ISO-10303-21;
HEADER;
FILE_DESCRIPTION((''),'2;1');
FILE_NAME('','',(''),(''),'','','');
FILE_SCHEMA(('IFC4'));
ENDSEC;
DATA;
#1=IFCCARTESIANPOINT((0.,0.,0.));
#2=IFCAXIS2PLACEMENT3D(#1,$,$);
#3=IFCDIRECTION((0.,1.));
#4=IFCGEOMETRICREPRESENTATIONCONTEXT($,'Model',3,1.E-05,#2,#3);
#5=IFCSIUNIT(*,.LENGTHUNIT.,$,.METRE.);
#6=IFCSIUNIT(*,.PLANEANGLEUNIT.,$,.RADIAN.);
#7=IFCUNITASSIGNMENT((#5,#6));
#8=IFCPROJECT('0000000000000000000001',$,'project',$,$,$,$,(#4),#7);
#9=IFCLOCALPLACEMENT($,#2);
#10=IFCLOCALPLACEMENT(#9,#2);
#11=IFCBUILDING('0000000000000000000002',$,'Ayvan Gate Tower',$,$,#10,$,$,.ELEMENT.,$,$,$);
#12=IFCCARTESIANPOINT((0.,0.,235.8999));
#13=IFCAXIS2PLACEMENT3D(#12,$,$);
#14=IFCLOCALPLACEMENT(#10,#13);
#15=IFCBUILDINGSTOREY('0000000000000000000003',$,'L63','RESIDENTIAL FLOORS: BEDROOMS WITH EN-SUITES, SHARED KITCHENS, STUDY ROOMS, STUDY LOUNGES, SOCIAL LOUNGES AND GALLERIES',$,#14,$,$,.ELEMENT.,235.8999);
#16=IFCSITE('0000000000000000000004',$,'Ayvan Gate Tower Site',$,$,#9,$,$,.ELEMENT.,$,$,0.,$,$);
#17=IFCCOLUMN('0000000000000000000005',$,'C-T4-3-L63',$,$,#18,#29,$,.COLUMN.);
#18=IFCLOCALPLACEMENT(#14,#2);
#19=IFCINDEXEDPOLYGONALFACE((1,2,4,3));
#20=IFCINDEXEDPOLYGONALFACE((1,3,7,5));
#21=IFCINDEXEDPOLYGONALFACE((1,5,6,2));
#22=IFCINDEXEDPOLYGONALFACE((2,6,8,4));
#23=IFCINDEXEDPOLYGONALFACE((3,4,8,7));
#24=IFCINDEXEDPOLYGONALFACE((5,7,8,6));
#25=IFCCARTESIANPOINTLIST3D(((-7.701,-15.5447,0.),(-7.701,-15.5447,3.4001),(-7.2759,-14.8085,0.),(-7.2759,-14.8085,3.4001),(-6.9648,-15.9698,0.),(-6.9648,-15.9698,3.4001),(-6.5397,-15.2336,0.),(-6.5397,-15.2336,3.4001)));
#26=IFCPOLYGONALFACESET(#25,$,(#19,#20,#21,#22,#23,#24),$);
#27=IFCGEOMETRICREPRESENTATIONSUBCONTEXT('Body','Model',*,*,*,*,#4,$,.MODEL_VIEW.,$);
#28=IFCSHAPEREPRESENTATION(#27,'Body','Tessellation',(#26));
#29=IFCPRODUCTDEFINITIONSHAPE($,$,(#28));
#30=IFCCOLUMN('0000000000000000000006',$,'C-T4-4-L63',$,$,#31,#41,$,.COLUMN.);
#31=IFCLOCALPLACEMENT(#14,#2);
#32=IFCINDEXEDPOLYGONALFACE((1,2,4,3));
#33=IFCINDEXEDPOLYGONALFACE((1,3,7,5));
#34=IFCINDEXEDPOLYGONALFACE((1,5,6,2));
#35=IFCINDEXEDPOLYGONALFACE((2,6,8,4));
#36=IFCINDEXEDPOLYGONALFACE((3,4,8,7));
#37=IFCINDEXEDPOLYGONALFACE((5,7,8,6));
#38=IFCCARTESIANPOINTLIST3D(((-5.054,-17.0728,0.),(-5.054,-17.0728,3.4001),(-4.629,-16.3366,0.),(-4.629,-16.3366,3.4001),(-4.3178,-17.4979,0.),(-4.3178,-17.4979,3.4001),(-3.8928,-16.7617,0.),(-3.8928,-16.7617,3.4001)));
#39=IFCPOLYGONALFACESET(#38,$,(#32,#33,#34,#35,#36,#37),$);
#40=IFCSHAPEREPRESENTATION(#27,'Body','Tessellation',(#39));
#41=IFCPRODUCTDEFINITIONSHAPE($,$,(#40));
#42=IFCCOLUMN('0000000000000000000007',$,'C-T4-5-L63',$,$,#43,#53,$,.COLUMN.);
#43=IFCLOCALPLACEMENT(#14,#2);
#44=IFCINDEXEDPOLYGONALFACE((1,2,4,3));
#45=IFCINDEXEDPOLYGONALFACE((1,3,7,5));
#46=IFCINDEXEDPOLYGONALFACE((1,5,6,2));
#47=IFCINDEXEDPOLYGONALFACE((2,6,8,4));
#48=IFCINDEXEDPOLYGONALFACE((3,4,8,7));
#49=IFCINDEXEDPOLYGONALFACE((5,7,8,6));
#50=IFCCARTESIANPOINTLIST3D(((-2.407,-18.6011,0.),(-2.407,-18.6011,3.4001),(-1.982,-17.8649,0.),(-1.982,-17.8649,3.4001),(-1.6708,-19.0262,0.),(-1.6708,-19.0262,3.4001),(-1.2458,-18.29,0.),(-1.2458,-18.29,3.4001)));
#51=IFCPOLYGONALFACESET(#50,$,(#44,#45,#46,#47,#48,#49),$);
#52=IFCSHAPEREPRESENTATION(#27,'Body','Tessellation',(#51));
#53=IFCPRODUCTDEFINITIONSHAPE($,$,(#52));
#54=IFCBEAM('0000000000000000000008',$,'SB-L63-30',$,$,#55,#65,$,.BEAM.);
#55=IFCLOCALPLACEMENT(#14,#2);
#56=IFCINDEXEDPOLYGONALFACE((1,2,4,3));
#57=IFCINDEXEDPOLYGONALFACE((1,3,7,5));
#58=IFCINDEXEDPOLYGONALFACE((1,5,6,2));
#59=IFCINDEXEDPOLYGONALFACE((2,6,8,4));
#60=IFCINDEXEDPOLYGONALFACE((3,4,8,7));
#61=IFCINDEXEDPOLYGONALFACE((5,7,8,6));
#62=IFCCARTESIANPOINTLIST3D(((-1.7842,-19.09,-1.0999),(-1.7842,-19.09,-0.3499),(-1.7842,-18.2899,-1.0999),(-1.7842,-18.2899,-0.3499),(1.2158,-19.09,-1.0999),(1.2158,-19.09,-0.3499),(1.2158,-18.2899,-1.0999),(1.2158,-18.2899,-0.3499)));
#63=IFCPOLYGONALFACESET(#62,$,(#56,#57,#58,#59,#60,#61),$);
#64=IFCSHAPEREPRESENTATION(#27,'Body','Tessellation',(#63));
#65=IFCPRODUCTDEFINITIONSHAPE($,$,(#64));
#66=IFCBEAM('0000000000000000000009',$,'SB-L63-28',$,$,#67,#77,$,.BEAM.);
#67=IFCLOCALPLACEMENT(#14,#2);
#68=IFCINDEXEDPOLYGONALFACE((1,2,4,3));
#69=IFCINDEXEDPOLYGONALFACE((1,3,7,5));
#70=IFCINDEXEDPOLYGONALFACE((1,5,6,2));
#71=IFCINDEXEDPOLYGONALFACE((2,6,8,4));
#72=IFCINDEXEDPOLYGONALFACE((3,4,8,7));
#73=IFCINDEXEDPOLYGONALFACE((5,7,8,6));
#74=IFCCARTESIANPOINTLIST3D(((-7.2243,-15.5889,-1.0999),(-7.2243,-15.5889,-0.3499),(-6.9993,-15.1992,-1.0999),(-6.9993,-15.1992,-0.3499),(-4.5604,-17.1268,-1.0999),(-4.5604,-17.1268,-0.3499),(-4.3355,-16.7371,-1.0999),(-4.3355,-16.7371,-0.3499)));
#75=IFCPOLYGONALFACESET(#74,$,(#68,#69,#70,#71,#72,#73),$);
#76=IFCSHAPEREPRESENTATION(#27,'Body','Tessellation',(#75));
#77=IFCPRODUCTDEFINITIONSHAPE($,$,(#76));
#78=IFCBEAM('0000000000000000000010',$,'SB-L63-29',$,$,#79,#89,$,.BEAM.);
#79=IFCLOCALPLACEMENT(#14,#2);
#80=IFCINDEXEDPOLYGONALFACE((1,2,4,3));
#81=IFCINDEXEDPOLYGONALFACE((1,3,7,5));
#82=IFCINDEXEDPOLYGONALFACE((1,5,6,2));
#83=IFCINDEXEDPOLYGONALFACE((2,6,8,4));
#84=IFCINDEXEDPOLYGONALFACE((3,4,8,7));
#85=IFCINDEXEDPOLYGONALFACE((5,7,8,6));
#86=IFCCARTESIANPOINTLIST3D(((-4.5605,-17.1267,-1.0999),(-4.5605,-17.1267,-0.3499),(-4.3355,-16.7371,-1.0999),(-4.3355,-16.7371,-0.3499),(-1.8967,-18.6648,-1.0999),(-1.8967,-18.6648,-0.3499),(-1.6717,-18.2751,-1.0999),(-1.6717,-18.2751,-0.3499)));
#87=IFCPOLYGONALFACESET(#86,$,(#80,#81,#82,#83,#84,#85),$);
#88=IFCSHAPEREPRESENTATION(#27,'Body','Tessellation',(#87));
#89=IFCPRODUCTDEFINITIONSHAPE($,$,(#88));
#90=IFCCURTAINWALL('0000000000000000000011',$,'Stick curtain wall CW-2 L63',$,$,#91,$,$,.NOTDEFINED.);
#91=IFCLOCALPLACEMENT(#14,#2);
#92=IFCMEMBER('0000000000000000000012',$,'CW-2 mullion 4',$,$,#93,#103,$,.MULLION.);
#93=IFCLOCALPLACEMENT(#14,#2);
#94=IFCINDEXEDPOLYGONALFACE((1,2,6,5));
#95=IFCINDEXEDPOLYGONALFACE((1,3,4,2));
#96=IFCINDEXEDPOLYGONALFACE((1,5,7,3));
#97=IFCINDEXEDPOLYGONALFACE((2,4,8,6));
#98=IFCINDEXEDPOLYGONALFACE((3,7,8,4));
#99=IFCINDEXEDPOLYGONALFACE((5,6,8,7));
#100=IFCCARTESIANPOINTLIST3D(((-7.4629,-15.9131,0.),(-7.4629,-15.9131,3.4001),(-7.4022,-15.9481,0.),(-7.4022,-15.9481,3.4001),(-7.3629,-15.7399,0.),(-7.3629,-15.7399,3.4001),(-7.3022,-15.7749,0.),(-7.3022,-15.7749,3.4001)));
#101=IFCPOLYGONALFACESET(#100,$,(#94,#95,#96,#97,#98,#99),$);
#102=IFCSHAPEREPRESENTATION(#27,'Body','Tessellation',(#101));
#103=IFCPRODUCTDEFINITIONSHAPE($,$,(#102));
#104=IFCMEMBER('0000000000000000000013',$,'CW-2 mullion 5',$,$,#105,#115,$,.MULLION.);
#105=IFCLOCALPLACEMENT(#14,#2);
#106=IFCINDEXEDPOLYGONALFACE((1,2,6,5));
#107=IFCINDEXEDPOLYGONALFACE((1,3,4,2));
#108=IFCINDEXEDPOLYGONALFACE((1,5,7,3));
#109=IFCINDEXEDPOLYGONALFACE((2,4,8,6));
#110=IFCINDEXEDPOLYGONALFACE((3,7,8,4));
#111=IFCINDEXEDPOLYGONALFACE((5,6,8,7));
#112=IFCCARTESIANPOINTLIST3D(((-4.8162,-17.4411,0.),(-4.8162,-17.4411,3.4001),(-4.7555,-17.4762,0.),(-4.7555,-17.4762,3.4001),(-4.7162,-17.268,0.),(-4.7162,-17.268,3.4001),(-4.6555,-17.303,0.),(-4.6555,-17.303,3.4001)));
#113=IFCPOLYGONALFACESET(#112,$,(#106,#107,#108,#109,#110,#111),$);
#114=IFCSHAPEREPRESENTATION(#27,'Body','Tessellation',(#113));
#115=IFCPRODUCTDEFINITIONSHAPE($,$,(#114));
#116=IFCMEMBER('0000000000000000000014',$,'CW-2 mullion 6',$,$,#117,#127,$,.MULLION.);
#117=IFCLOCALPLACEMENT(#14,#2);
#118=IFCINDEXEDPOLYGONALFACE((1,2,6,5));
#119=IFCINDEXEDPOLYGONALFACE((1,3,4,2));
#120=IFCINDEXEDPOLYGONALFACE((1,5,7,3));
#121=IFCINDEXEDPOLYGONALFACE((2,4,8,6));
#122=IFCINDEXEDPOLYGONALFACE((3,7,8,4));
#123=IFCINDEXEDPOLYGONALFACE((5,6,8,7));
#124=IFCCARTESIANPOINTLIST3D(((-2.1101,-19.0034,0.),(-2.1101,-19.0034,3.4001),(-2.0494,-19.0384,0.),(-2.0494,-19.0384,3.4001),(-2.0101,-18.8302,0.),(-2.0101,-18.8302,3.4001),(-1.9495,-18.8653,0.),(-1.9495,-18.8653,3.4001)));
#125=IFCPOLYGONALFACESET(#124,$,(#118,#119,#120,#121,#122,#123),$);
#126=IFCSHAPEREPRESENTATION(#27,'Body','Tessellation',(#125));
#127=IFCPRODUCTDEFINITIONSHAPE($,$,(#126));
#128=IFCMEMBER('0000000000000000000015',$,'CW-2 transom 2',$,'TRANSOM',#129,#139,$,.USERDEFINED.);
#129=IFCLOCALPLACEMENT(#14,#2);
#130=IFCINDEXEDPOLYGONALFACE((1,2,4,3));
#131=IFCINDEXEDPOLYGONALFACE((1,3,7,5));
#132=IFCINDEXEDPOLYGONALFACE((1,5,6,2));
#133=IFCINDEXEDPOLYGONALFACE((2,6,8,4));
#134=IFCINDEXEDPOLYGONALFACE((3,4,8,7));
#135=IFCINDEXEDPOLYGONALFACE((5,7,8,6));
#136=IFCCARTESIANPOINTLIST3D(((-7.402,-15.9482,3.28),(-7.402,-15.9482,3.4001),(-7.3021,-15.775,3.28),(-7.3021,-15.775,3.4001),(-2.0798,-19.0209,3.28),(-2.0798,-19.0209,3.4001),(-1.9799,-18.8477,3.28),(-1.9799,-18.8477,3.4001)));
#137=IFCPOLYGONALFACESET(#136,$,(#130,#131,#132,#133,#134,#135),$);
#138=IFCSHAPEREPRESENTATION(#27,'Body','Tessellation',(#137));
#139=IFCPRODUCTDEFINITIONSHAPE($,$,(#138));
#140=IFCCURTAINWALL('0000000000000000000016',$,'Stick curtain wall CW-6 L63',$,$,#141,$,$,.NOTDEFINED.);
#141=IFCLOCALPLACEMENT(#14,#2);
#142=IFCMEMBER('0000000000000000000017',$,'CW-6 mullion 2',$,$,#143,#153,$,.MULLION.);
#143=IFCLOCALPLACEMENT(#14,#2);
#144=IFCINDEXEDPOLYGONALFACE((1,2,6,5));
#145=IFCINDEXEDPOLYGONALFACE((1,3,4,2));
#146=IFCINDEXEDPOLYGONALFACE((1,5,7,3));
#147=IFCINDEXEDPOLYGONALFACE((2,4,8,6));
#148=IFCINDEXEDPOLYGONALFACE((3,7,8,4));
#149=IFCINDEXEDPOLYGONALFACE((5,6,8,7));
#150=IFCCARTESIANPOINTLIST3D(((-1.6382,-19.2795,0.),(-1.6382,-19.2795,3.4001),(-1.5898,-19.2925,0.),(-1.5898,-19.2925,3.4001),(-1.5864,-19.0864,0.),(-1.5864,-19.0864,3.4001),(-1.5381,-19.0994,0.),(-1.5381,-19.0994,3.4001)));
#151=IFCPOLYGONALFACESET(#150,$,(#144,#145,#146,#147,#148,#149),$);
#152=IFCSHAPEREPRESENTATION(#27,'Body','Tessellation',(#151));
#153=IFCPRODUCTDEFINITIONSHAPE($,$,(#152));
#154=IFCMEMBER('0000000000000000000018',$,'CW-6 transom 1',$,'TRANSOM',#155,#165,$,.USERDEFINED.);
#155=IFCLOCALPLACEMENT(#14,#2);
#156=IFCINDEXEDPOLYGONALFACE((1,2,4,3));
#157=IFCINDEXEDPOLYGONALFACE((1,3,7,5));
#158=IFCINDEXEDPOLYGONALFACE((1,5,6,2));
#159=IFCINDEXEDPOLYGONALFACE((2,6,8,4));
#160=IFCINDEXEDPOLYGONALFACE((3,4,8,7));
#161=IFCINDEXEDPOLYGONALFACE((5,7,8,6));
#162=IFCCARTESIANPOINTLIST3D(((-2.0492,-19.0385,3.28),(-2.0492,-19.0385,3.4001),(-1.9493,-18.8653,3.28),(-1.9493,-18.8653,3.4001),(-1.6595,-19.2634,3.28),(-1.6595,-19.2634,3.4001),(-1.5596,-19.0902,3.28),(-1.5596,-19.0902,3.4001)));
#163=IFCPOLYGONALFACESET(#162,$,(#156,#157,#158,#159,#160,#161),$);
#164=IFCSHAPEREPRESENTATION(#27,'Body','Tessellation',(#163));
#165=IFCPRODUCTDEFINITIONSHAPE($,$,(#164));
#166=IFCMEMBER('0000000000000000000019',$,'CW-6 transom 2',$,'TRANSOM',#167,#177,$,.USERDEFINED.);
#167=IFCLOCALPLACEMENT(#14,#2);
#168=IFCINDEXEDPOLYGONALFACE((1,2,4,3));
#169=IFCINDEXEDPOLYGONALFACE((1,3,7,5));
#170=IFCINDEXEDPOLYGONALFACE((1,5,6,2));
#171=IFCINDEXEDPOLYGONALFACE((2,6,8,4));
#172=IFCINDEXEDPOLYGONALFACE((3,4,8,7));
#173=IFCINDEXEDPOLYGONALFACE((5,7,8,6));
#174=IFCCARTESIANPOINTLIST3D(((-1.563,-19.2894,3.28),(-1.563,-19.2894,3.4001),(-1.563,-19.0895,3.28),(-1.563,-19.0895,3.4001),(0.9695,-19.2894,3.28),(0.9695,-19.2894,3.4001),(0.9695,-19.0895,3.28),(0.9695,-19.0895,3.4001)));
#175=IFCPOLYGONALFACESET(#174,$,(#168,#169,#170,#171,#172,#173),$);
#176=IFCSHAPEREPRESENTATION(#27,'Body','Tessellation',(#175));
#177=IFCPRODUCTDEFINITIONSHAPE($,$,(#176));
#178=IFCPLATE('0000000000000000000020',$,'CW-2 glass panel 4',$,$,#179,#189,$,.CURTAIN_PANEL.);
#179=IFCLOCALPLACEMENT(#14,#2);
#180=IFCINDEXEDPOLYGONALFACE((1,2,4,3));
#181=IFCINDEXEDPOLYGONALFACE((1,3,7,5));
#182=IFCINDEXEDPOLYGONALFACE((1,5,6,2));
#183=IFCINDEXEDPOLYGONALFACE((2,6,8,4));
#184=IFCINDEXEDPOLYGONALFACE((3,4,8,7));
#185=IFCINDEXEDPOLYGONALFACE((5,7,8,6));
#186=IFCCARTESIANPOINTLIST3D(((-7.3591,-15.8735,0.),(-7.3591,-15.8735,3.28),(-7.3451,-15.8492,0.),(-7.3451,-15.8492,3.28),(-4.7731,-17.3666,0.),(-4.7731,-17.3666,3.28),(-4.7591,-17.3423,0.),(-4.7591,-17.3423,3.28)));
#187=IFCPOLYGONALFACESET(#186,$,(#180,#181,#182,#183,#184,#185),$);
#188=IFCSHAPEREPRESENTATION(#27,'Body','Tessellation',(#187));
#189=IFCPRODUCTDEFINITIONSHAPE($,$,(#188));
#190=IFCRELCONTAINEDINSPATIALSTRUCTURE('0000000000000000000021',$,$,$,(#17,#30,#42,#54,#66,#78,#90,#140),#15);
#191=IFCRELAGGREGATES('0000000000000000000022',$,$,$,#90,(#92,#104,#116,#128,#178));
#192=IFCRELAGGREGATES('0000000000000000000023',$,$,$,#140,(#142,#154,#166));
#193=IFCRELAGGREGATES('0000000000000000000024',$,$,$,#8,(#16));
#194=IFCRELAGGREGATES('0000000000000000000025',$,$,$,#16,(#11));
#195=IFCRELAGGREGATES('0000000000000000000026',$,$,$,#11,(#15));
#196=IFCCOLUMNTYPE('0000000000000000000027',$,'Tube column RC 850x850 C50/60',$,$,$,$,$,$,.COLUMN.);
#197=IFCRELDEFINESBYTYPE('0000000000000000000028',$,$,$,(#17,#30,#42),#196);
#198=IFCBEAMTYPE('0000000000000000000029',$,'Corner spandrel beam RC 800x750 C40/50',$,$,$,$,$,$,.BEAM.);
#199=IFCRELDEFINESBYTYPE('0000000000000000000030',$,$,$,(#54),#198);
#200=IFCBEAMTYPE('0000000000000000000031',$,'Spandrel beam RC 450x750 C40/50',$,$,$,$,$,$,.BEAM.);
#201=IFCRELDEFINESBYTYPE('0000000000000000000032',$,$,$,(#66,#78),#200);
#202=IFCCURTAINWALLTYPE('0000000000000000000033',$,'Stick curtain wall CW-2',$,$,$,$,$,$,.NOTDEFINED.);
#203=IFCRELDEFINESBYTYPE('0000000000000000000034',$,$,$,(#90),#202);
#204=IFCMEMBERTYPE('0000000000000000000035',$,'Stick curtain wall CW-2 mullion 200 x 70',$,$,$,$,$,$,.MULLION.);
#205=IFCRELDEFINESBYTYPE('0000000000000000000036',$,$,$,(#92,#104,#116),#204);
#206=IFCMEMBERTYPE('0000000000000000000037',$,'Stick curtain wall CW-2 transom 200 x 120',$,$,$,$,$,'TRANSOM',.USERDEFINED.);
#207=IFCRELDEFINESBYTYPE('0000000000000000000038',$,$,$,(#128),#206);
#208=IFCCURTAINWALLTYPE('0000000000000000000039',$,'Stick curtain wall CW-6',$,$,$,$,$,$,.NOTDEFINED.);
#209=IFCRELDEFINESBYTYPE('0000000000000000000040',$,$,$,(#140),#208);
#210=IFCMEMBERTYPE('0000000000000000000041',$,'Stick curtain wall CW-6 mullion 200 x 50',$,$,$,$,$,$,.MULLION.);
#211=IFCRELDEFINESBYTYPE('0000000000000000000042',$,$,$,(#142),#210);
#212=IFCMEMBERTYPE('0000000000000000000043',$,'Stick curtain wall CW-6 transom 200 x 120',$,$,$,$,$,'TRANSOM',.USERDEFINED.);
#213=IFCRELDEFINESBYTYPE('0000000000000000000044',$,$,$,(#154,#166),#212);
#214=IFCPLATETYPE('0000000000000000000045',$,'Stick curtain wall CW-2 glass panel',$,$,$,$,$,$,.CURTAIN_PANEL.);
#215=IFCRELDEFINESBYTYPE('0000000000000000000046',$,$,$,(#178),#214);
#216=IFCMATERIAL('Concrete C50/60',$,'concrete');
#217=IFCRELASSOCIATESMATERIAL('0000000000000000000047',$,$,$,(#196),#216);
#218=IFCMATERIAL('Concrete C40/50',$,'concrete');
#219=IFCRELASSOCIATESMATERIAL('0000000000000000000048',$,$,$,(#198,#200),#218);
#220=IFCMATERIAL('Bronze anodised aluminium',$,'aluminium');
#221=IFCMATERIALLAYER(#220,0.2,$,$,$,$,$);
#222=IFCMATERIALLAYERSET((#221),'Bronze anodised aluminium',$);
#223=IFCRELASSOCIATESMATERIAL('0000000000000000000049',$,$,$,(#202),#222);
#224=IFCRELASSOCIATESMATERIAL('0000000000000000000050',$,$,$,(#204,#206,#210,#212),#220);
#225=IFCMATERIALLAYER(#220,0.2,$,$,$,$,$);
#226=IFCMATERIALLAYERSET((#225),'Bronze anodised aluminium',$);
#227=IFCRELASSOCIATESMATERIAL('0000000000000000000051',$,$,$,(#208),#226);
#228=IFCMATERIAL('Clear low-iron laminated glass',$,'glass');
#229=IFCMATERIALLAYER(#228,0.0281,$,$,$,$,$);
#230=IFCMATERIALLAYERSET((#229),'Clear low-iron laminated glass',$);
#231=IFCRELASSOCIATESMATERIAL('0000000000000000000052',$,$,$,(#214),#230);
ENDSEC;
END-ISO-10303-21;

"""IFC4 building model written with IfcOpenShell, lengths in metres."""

from ifc_helpers import new_model, si_unit, direction, frame, origin, origin_2d, place, context, subcontext, project, spatial, rectangle, extrude, material, layer, layer_set, material_profile, profile_set, type_object, element, aggregate, save


model = new_model("IFC4")

# Units and contexts
model_context = context("Model", 3, precision=1e-05, world=origin(), true_north=direction((0.0, 1.0)))
body_context = subcontext(model_context, "Body", "Model", "MODEL_VIEW")
ifc_project = project(units=[si_unit("LENGTHUNIT", "METRE"), si_unit("PLANEANGLEUNIT", "RADIAN")], contexts=[model_context])

# Site, building, storey
site_placement = place(None, origin())
site = spatial("IfcSite", under=ifc_project, at=site_placement, Name="Ayvan Gate Tower Site", CompositionType="ELEMENT", RefElevation=0.0)
building_placement = place(site_placement, origin())
building = spatial("IfcBuilding", under=site, at=building_placement, Name="Ayvan Gate Tower", CompositionType="ELEMENT")
storey_placement = place(building_placement, frame((0.0, 0.0, 235.8999)))
storey = spatial("IfcBuildingStorey", under=building, at=storey_placement, Name="L63", Description="RESIDENTIAL FLOORS: BEDROOMS WITH EN-SUITES, SHARED KITCHENS, STUDY ROOMS, STUDY LOUNGES, SOCIAL LOUNGES AND GALLERIES", CompositionType="ELEMENT", Elevation=235.8999)

# Columns
ifc_material_1 = material(Name="Concrete C50/60", Category="concrete")
ifc_material_profile_1 = material_profile(ifc_material_1, rectangle(XDim=0.8501, YDim=0.8501, at=origin_2d()), Name="RC 850x850")
ifc_profile_set_1 = profile_set([ifc_material_profile_1], Name="Concrete C50/60")
column_type = type_object("IfcColumnType", Name="Tube column RC 850x850 C50/60", PredefinedType="COLUMN", material=ifc_profile_set_1)
for number, where, z_axis, x_axis, name in (
    (1, (-7.1204, -15.3892, 0.0), (0.0, 0.0, 1.0), (-0.5, -0.866025, 0.0), "C-T4-3-L63"),
    (2, (-4.4734, -16.9172, 0.0), (0.0, 0.0, 1.0), (-0.5, -0.866025, 0.0), "C-T4-4-L63"),
    (3, (-1.8264, -18.4456, 0.0), (0.0, 0.0, 1.0), (-0.5, -0.866025, 0.0), "C-T4-5-L63"),
):
    element("IfcColumn", number, at=place(storey_placement, frame(where, z_axis=z_axis, x_axis=x_axis)), inside=storey, type_object=column_type, Name=name, PredefinedType="COLUMN", context=body_context, shape_type="SweptSolid", body=[
        extrude(rectangle(XDim=0.8501, YDim=0.8501, at=origin_2d()), origin(), (0.0, 0.0, 1.0), 3.4001),
    ])

# Beams
ifc_material_2 = material(Name="Concrete C40/50", Category="concrete")
ifc_material_profile_2 = material_profile(ifc_material_2, rectangle(XDim=0.8, YDim=0.75, at=origin_2d()), Name="RC 800x750")
ifc_profile_set_2 = profile_set([ifc_material_profile_2], Name="Concrete C40/50")
beam_type_1 = type_object("IfcBeamType", Name="Corner spandrel beam RC 800x750 C40/50", PredefinedType="BEAM", material=ifc_profile_set_2)
beam_placement = place(storey_placement, frame((-1.7842, -18.6899, -0.7249), z_axis=(1.0, 0.0, 0.0), x_axis=(0.0, 1.0, 0.0)))
element("IfcBeam", 4, at=beam_placement, inside=storey, type_object=beam_type_1, Name="SB-L63-30", PredefinedType="BEAM", context=body_context, shape_type="SweptSolid", body=[
    extrude(rectangle(XDim=0.8, YDim=0.75, at=origin_2d()), origin(), (0.0, 0.0, 1.0), 3.0),
])
ifc_material_profile_3 = material_profile(ifc_material_2, rectangle(XDim=0.45, YDim=0.75, at=origin_2d()), Name="RC 450x750")
ifc_profile_set_3 = profile_set([ifc_material_profile_3], Name="Concrete C40/50")
beam_type_2 = type_object("IfcBeamType", Name="Spandrel beam RC 450x750 C40/50", PredefinedType="BEAM", material=ifc_profile_set_3)
for number, where, z_axis, x_axis, name in (
    (5, (-7.1118, -15.394, -0.7249), (0.866042, -0.499972, 0.0), (0.499972, 0.866042, 0.0), "SB-L63-28"),
    (6, (-4.448, -16.9319, -0.7249), (0.866007, -0.500032, 0.0), (0.500032, 0.866007, 0.0), "SB-L63-29"),
):
    element("IfcBeam", number, at=place(storey_placement, frame(where, z_axis=z_axis, x_axis=x_axis)), inside=storey, type_object=beam_type_2, Name=name, PredefinedType="BEAM", context=body_context, shape_type="SweptSolid", body=[
        extrude(rectangle(XDim=0.45, YDim=0.75, at=origin_2d()), origin(), (0.0, 0.0, 1.0), 3.0759),
    ])

# Curtain walls, members
ifc_material_3 = material(Name="Bronze anodised aluminium", Category="aluminium")
ifc_layer_1 = layer(ifc_material_3, 0.2)
ifc_layer_set_1 = layer_set([ifc_layer_1], Name="Bronze anodised aluminium")
curtain_wall_type_1 = type_object("IfcCurtainWallType", Name="Stick curtain wall CW-2", PredefinedType="NOTDEFINED", material=ifc_layer_set_1)
curtain_wall_1_placement = place(storey_placement, origin())
curtain_wall_1 = element("IfcCurtainWall", 7, at=curtain_wall_1_placement, inside=storey, type_object=curtain_wall_type_1, Name="Stick curtain wall CW-2 L63", PredefinedType="NOTDEFINED")
ifc_material_profile_4 = material_profile(ifc_material_3, rectangle(XDim=0.2, YDim=0.0701, at=origin_2d()), Name="Stick curtain wall CW-2 mullion 200 x 70")
ifc_profile_set_4 = profile_set([ifc_material_profile_4], Name="Bronze anodised aluminium")
member_type_1 = type_object("IfcMemberType", Name="Stick curtain wall CW-2 mullion 200 x 70", PredefinedType="MULLION", material=ifc_profile_set_4)
member_1_placement = place(storey_placement, frame((-7.3826, -15.844, 0.0), z_axis=(0.0, 0.0, 1.0), x_axis=(-0.5, -0.866025, 0.0)))
member_1 = element("IfcMember", 8, at=member_1_placement, type_object=member_type_1, Name="CW-2 mullion 4", PredefinedType="MULLION", context=body_context, shape_type="SweptSolid", body=[
    extrude(rectangle(XDim=0.2, YDim=0.0701, at=origin_2d()), origin(), (0.0, 0.0, 1.0), 3.4001),
])
member_2_placement = place(storey_placement, frame((-4.7358, -17.3721, 0.0), z_axis=(0.0, 0.0, 1.0), x_axis=(-0.5, -0.866025, 0.0)))
member_2 = element("IfcMember", 9, at=member_2_placement, type_object=member_type_1, Name="CW-2 mullion 5", PredefinedType="MULLION", context=body_context, shape_type="SweptSolid", body=[
    extrude(rectangle(XDim=0.2, YDim=0.0701, at=origin_2d()), origin(), (0.0, 0.0, 1.0), 3.4001),
])
member_3_placement = place(storey_placement, frame((-2.0298, -18.9343, 0.0), z_axis=(0.0, 0.0, 1.0), x_axis=(-0.5, -0.866025, 0.0)))
member_3 = element("IfcMember", 10, at=member_3_placement, type_object=member_type_1, Name="CW-2 mullion 6", PredefinedType="MULLION", context=body_context, shape_type="SweptSolid", body=[
    extrude(rectangle(XDim=0.2, YDim=0.0701, at=origin_2d()), origin(), (0.0, 0.0, 1.0), 3.4001),
])
ifc_material_profile_5 = material_profile(ifc_material_3, rectangle(XDim=0.2, YDim=0.1201, at=origin_2d()), Name="Stick curtain wall CW-2 transom 200 x 120")
ifc_profile_set_5 = profile_set([ifc_material_profile_5], Name="Bronze anodised aluminium")
member_type_2 = type_object("IfcMemberType", Name="Stick curtain wall CW-2 transom 200 x 120", ElementType="TRANSOM", PredefinedType="USERDEFINED", material=ifc_profile_set_5)
member_4_placement = place(storey_placement, frame((-7.3521, -15.8616, 3.3401), z_axis=(0.866029, -0.499993, 0.0), x_axis=(0.499993, 0.866029, 0.0)))
member_4 = element("IfcMember", 11, at=member_4_placement, type_object=member_type_2, Name="CW-2 transom 2", ObjectType="TRANSOM", PredefinedType="USERDEFINED", context=body_context, shape_type="SweptSolid", body=[
    extrude(rectangle(XDim=0.2, YDim=0.1201, at=origin_2d()), origin(), (0.0, 0.0, 1.0), 6.1455),
])
ifc_layer_2 = layer(ifc_material_3, 0.2)
ifc_layer_set_2 = layer_set([ifc_layer_2], Name="Bronze anodised aluminium")
curtain_wall_type_2 = type_object("IfcCurtainWallType", Name="Stick curtain wall CW-6", PredefinedType="NOTDEFINED", material=ifc_layer_set_2)
curtain_wall_2_placement = place(storey_placement, origin())
curtain_wall_2 = element("IfcCurtainWall", 12, at=curtain_wall_2_placement, inside=storey, type_object=curtain_wall_type_2, Name="Stick curtain wall CW-6 L63", PredefinedType="NOTDEFINED")
ifc_material_profile_6 = material_profile(ifc_material_3, rectangle(XDim=0.2, YDim=0.05, at=origin_2d()), Name="Stick curtain wall CW-6 mullion 200 x 50")
ifc_profile_set_6 = profile_set([ifc_material_profile_6], Name="Bronze anodised aluminium")
member_type_3 = type_object("IfcMemberType", Name="Stick curtain wall CW-6 mullion 200 x 50", PredefinedType="MULLION", material=ifc_profile_set_6)
member_5_placement = place(storey_placement, frame((-1.5881, -19.1895, 0.0), z_axis=(0.0, 0.0, 1.0), x_axis=(-0.258819, -0.965926, 0.0)))
member_5 = element("IfcMember", 13, at=member_5_placement, type_object=member_type_3, Name="CW-6 mullion 2", PredefinedType="MULLION", context=body_context, shape_type="SweptSolid", body=[
    extrude(rectangle(XDim=0.2, YDim=0.05, at=origin_2d()), origin(), (0.0, 0.0, 1.0), 3.4001),
])
ifc_material_profile_7 = material_profile(ifc_material_3, rectangle(XDim=0.2, YDim=0.1201, at=origin_2d()), Name="Stick curtain wall CW-6 transom 200 x 120")
ifc_profile_set_7 = profile_set([ifc_material_profile_7], Name="Bronze anodised aluminium")
member_type_4 = type_object("IfcMemberType", Name="Stick curtain wall CW-6 transom 200 x 120", ElementType="TRANSOM", PredefinedType="USERDEFINED", material=ifc_profile_set_7)
member_6_placement = place(storey_placement, frame((-1.9993, -18.9519, 3.3401), z_axis=(0.866131, -0.499816, 0.0), x_axis=(0.499816, 0.866131, 0.0)))
member_6 = element("IfcMember", 14, at=member_6_placement, type_object=member_type_4, Name="CW-6 transom 1", ObjectType="TRANSOM", PredefinedType="USERDEFINED", context=body_context, shape_type="SweptSolid", body=[
    extrude(rectangle(XDim=0.2, YDim=0.1201, at=origin_2d()), origin(), (0.0, 0.0, 1.0), 0.45),
])
member_7_placement = place(storey_placement, frame((-1.563, -19.1895, 3.3401), z_axis=(1.0, 0.0, 0.0), x_axis=(0.0, 1.0, 0.0)))
member_7 = element("IfcMember", 15, at=member_7_placement, type_object=member_type_4, Name="CW-6 transom 2", ObjectType="TRANSOM", PredefinedType="USERDEFINED", context=body_context, shape_type="SweptSolid", body=[
    extrude(rectangle(XDim=0.2, YDim=0.1201, at=origin_2d()), origin(), (0.0, 0.0, 1.0), 2.5325),
])

# Plate
ifc_material_4 = material(Name="Clear low-iron laminated glass", Category="glass")
ifc_layer_3 = layer(ifc_material_4, 0.0281)
ifc_layer_set_3 = layer_set([ifc_layer_3], Name="Clear low-iron laminated glass")
plate_type_1 = type_object("IfcPlateType", Name="Stick curtain wall CW-2 glass panel", PredefinedType="CURTAIN_PANEL", material=ifc_layer_set_3)
plate_1_placement = place(storey_placement, frame((-6.0591, -16.6079, 0.0), z_axis=(0.0, 0.0, 1.0), x_axis=(0.866025, -0.5, 0.0)))
plate_1 = element("IfcPlate", 16, at=plate_1_placement, type_object=plate_type_1, Name="CW-2 glass panel 4", PredefinedType="CURTAIN_PANEL", context=body_context, shape_type="SweptSolid", body=[
    extrude(rectangle(XDim=2.9861, YDim=0.0281, at=origin_2d()), origin(), (0.0, 0.0, 1.0), 3.28),
])
aggregate(curtain_wall_1, [member_1, member_2, member_3, member_4, plate_1])
aggregate(curtain_wall_2, [member_5, member_6, member_7])

save(model, "model.ifc")
